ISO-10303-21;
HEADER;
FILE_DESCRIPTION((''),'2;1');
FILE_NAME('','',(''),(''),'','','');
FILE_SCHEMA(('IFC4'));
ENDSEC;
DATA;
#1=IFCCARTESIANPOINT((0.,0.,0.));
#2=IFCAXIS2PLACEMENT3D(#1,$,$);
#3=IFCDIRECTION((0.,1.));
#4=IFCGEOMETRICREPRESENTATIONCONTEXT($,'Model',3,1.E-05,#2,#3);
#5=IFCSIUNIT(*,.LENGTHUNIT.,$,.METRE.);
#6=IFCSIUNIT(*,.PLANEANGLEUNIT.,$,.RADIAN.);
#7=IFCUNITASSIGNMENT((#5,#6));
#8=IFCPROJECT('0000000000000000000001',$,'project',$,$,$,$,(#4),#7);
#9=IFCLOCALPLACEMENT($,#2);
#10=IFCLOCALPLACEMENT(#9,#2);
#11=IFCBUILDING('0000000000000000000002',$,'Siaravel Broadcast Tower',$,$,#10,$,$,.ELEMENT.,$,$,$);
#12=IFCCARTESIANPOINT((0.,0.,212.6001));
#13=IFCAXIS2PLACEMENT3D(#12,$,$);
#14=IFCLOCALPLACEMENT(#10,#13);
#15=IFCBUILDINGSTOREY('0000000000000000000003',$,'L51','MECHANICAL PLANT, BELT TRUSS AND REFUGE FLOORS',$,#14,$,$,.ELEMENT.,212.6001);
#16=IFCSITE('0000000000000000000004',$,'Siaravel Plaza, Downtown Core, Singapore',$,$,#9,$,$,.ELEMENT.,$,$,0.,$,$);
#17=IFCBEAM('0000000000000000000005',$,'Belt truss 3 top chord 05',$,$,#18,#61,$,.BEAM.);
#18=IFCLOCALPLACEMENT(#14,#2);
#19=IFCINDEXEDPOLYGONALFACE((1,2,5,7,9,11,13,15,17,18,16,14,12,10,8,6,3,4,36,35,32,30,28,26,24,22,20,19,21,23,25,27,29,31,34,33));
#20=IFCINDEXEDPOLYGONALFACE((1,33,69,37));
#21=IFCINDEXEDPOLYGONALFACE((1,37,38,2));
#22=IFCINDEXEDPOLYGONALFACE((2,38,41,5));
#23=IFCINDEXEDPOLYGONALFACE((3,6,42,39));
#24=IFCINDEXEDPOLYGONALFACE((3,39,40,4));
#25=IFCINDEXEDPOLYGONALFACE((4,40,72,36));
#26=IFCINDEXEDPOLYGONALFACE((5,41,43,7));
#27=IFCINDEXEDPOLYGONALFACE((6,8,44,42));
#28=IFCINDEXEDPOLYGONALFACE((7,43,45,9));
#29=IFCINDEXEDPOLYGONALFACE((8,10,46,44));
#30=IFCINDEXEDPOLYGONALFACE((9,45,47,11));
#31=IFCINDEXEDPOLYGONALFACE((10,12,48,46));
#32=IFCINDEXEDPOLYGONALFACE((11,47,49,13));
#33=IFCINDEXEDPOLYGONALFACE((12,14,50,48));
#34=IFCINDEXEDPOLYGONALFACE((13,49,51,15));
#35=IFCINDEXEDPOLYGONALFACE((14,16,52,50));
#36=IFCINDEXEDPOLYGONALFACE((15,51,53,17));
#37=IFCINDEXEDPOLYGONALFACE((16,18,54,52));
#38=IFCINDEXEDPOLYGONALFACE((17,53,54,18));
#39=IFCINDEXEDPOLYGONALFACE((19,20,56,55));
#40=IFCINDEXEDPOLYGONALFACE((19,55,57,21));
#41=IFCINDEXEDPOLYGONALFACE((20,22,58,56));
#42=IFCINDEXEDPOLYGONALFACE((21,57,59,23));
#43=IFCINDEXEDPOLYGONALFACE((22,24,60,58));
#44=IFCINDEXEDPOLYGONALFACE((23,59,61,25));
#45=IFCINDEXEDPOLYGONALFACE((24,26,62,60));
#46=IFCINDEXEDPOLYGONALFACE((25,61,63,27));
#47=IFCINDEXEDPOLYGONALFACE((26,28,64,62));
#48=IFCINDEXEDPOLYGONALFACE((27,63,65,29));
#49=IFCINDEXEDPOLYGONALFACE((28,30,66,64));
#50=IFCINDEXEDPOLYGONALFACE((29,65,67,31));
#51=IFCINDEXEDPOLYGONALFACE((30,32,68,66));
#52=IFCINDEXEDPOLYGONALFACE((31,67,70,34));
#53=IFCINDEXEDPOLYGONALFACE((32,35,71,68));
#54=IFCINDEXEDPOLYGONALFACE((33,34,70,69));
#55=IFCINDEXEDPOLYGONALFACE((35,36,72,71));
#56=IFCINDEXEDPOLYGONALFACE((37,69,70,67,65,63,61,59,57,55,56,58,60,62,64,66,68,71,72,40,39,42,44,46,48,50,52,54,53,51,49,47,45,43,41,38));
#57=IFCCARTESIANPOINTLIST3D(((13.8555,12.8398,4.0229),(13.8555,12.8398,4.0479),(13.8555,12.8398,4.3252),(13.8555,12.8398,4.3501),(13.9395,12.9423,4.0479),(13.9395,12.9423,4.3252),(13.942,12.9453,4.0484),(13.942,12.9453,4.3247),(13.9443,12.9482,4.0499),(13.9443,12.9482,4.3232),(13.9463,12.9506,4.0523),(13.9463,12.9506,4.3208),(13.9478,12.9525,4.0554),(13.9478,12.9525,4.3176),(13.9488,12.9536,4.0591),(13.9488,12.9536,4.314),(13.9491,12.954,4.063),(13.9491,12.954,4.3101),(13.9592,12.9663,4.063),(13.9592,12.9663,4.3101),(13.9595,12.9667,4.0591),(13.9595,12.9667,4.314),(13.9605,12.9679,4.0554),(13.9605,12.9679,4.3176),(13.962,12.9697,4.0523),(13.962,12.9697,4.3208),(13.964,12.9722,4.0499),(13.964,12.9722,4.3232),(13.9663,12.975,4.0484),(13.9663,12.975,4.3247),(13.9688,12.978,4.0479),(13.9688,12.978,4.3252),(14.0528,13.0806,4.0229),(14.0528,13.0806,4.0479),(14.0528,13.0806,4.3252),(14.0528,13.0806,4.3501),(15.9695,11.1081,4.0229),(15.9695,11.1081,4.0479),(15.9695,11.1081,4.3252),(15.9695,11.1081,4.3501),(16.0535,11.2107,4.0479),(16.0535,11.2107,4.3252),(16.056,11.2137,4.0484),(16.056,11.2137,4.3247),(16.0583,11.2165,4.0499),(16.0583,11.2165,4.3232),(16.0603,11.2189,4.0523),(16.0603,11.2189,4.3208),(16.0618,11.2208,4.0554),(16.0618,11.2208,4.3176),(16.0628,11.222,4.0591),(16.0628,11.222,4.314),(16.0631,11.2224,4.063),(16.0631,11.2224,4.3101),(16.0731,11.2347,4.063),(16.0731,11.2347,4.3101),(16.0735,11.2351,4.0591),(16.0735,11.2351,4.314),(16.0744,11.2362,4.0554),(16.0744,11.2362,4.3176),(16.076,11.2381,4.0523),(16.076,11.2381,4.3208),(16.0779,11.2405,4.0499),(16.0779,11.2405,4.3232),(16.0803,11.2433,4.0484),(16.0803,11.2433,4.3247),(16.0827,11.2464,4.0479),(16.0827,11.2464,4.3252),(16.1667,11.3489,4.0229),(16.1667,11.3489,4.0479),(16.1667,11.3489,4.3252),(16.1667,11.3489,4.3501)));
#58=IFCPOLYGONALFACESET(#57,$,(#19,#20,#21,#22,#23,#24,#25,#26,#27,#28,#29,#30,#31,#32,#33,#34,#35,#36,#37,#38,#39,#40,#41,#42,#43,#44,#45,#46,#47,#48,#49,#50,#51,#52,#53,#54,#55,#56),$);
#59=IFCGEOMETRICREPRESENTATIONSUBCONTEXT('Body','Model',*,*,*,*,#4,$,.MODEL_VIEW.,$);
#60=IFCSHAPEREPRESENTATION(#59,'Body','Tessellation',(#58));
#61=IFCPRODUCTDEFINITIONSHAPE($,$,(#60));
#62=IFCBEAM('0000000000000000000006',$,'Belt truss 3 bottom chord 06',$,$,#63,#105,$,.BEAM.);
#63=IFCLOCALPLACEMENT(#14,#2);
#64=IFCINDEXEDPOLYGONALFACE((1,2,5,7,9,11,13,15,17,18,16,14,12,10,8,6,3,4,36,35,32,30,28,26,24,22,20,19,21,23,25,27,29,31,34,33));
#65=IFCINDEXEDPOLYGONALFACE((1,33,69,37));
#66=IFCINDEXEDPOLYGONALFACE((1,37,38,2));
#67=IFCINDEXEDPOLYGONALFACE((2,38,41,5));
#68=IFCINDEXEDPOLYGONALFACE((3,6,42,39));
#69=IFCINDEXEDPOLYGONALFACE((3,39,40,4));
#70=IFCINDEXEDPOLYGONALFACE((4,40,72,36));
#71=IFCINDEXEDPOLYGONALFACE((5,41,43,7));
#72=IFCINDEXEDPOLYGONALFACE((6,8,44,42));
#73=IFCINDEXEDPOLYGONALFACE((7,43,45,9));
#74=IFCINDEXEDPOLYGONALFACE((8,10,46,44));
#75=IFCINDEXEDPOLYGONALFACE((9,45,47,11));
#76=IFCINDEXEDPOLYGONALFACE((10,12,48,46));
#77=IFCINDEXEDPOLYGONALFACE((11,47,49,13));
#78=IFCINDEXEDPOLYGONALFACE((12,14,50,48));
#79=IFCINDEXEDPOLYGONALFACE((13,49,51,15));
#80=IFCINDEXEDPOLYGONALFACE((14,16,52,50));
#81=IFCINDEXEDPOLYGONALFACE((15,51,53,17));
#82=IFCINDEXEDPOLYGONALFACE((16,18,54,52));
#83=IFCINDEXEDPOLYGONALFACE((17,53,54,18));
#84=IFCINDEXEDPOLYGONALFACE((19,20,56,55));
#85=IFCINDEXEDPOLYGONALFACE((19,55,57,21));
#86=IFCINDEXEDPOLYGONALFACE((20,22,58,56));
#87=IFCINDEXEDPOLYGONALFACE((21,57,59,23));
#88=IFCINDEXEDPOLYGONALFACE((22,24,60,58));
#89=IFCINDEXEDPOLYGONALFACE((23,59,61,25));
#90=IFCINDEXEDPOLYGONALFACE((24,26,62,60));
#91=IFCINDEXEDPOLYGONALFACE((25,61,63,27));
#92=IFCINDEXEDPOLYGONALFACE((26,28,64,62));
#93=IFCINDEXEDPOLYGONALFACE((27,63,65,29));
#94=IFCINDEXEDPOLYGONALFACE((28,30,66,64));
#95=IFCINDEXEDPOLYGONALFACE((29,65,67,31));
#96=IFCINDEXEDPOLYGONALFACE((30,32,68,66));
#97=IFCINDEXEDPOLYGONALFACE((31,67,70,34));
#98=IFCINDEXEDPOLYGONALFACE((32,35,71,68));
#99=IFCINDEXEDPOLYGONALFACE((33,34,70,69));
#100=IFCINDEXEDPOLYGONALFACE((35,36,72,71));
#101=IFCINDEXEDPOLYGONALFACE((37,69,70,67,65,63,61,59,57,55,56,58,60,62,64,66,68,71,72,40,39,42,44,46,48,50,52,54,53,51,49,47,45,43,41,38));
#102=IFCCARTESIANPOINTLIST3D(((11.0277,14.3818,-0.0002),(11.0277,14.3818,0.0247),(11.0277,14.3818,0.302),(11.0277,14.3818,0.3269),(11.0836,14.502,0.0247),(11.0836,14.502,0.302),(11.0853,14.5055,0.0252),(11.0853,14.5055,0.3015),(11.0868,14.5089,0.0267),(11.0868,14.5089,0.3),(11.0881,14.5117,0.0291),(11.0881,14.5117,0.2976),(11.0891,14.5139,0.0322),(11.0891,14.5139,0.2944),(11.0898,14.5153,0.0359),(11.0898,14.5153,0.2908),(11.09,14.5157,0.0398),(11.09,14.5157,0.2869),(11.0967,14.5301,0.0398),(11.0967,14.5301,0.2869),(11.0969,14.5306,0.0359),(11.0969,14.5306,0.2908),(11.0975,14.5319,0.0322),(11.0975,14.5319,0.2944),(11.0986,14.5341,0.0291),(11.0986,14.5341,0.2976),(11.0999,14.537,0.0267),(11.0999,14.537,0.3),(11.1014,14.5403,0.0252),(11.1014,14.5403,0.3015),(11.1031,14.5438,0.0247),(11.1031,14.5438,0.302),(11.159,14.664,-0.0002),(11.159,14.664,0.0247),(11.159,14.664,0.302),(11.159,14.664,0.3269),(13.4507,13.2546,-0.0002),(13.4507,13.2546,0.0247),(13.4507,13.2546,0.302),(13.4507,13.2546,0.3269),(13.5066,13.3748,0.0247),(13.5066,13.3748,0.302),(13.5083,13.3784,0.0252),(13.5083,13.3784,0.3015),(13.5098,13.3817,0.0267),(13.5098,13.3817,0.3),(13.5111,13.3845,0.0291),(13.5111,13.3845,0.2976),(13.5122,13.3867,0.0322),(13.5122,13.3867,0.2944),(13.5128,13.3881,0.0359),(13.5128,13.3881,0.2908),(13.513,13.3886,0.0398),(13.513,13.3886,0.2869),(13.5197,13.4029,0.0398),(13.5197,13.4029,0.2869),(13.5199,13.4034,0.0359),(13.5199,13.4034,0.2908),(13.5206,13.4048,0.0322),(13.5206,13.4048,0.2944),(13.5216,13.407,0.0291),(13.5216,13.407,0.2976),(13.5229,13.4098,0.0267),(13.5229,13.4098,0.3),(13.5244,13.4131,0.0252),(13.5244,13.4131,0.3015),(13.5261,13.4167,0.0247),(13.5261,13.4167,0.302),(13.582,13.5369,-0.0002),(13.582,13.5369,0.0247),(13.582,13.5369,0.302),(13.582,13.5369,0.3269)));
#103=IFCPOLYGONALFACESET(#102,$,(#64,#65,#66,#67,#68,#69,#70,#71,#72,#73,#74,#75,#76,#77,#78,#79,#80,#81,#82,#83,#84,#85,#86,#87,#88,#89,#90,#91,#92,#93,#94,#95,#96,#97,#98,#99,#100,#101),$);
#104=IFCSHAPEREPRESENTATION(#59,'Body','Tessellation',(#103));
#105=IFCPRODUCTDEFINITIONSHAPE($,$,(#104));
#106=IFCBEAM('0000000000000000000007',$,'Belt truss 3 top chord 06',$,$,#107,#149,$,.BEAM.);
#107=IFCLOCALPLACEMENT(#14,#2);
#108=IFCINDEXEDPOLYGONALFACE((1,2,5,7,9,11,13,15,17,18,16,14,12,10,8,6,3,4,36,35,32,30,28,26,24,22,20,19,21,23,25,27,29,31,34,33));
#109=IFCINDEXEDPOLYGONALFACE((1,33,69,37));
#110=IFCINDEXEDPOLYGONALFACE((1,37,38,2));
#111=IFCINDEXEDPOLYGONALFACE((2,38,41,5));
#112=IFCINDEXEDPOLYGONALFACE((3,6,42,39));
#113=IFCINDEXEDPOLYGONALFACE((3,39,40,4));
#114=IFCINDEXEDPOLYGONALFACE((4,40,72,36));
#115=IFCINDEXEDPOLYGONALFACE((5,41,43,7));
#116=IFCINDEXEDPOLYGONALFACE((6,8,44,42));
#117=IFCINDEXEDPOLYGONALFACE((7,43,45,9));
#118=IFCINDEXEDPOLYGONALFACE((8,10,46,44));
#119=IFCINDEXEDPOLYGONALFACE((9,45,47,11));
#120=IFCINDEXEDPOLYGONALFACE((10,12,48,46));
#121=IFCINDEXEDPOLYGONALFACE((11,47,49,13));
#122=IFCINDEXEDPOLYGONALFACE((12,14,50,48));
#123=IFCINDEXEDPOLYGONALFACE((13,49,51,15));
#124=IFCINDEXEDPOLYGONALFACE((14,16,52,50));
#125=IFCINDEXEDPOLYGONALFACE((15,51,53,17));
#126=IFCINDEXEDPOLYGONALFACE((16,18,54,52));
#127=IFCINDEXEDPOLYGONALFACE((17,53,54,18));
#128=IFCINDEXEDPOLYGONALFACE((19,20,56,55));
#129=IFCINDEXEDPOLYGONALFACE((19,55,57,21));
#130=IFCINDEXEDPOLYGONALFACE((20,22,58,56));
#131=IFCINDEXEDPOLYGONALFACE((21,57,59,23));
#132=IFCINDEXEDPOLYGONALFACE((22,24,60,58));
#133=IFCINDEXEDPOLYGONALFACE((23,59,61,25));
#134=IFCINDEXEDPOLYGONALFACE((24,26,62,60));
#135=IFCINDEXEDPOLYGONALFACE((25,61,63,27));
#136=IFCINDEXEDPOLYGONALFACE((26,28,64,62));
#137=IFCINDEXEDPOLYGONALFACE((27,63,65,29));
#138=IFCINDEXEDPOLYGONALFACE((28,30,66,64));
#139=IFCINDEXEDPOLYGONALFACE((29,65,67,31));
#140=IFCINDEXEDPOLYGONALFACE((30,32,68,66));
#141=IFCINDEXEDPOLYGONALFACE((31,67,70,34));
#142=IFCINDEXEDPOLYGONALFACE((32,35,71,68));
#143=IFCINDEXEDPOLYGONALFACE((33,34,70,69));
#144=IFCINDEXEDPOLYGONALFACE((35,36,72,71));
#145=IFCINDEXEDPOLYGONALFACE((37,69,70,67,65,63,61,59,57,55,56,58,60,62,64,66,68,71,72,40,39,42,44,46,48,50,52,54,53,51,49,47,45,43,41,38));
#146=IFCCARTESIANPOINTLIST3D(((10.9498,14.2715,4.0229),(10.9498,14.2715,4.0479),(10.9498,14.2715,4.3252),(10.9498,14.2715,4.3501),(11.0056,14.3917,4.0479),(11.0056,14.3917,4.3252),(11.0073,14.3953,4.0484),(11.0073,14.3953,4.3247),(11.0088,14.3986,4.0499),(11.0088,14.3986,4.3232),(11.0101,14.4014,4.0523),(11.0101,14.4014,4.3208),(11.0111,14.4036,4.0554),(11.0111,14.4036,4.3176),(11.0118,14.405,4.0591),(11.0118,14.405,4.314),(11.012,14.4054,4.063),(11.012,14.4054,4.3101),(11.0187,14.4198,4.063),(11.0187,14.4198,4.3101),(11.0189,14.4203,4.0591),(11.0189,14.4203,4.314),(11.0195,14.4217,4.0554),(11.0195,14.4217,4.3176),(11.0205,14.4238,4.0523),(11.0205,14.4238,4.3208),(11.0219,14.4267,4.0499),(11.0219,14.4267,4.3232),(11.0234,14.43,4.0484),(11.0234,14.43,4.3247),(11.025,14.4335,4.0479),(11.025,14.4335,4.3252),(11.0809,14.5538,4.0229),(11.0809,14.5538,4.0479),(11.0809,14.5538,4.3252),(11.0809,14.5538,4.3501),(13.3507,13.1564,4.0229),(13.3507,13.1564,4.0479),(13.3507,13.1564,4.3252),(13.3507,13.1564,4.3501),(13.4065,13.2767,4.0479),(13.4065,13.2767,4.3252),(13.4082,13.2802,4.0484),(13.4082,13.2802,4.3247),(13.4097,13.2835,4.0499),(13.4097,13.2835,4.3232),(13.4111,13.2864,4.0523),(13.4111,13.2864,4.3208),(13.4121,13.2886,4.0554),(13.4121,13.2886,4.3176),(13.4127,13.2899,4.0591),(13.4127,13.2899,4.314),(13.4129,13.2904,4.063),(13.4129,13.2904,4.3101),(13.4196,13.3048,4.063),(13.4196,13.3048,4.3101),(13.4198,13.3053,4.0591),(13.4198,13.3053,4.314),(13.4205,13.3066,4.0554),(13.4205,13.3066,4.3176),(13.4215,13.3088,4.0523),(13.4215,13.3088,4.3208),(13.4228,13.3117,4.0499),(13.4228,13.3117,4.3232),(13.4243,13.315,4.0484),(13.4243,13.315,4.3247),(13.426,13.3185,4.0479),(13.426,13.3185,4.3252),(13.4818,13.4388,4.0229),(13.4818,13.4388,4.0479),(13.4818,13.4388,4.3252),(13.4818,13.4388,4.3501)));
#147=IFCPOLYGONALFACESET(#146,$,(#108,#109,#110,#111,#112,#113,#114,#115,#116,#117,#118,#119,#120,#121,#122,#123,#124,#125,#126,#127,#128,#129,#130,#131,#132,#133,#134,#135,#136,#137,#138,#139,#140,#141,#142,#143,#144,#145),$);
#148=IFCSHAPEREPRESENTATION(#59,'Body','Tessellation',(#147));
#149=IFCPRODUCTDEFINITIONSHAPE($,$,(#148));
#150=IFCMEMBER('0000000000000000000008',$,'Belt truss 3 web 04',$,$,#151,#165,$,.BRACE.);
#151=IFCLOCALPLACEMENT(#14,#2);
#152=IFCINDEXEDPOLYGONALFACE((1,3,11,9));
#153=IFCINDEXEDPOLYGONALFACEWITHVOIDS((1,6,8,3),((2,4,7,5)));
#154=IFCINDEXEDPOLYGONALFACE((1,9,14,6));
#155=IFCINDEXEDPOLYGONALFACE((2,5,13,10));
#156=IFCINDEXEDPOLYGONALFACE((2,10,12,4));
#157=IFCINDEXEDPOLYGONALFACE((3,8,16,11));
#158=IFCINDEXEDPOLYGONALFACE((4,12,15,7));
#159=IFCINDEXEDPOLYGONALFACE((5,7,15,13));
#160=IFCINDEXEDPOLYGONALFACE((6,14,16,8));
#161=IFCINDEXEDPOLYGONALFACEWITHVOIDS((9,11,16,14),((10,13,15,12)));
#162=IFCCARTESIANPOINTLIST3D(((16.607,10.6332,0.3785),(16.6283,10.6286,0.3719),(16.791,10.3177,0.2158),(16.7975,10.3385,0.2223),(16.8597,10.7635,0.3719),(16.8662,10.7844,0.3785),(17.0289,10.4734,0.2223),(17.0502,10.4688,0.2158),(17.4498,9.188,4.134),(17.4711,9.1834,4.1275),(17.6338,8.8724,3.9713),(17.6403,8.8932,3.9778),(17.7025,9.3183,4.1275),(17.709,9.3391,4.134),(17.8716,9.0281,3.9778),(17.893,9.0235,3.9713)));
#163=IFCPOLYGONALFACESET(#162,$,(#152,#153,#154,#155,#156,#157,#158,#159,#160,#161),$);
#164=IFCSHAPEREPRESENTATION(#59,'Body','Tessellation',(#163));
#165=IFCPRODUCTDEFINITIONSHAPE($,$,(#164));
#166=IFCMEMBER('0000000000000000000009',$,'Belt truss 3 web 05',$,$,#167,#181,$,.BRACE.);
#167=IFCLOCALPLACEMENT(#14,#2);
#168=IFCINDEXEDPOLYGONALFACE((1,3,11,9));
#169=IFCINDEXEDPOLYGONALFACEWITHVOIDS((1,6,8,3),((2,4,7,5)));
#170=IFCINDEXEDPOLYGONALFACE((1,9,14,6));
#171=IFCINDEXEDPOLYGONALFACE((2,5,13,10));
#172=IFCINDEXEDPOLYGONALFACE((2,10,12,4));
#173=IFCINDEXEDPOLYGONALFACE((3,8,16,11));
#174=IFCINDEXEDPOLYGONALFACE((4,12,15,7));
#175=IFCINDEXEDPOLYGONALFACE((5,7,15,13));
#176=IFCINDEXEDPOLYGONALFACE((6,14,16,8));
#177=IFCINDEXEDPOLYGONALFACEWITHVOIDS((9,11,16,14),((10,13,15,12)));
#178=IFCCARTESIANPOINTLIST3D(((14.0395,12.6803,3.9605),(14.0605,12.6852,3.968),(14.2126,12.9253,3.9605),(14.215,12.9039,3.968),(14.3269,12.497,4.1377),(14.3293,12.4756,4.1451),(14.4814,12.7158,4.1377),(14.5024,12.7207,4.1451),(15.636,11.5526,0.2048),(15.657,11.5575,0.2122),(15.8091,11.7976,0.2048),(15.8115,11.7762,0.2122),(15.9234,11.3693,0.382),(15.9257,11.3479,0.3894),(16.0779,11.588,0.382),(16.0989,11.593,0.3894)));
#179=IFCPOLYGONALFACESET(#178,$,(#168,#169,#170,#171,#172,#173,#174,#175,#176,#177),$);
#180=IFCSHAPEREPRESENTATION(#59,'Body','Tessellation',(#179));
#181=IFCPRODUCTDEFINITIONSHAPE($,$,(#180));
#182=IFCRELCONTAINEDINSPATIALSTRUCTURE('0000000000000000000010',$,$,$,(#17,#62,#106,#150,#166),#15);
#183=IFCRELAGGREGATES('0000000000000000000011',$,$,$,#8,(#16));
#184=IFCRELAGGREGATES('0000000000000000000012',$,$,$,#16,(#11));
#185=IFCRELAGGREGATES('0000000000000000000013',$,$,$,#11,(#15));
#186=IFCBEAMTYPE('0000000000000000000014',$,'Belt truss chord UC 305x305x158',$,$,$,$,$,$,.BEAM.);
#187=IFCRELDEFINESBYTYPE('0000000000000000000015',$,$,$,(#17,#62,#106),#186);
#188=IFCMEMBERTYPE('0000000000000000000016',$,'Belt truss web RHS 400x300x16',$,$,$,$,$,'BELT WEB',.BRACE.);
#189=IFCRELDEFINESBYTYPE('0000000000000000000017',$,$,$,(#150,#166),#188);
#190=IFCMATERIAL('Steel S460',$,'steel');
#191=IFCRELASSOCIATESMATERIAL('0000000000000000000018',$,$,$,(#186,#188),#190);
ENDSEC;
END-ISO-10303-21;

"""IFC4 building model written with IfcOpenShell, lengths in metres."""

from ifc_helpers import new_model, si_unit, direction, frame, origin, origin_2d, place, context, subcontext, project, spatial, hollow_rectangle, i_section, extrude, material, material_profile, profile_set, type_object, element, save


model = new_model("IFC4")

# Units and contexts
model_context = context("Model", 3, precision=1e-05, world=origin(), true_north=direction((0.0, 1.0)))
body_context = subcontext(model_context, "Body", "Model", "MODEL_VIEW")
ifc_project = project(units=[si_unit("LENGTHUNIT", "METRE"), si_unit("PLANEANGLEUNIT", "RADIAN")], contexts=[model_context])

# Site, building, storey
site_placement = place(None, origin())
site = spatial("IfcSite", under=ifc_project, at=site_placement, Name="Siaravel Plaza, Downtown Core, Singapore", CompositionType="ELEMENT", RefElevation=0.0)
building_placement = place(site_placement, origin())
building = spatial("IfcBuilding", under=site, at=building_placement, Name="Siaravel Broadcast Tower", CompositionType="ELEMENT")
storey_placement = place(building_placement, frame((0.0, 0.0, 212.6001)))
storey = spatial("IfcBuildingStorey", under=building, at=storey_placement, Name="L51", Description="MECHANICAL PLANT, BELT TRUSS AND REFUGE FLOORS", CompositionType="ELEMENT", Elevation=212.6001)

# Beams
ifc_material_1 = material(Name="Steel S460", Category="steel")
ifc_material_profile_1 = material_profile(ifc_material_1, i_section(OverallWidth=0.3113, OverallDepth=0.3271, WebThickness=0.0159, FlangeThickness=0.0249, FilletRadius=0.0151, at=origin_2d()))
ifc_profile_set_1 = profile_set([ifc_material_profile_1], Name="Steel S460")
beam_type_1 = type_object("IfcBeamType", Name="Belt truss chord UC 305x305x158", PredefinedType="BEAM", material=ifc_profile_set_1)
beam_1_placement = place(storey_placement, frame((16.0681, 11.2285, 4.1865), z_axis=(-0.773591, 0.633685, 0.0), x_axis=(-0.633685, -0.773591, 0.0)))
element("IfcBeam", 1, at=beam_1_placement, inside=storey, type_object=beam_type_1, Name="Belt truss 3 top chord 05", PredefinedType="BEAM", context=body_context, shape_type="SweptSolid", body=[
    extrude(i_section(OverallWidth=0.3113, OverallDepth=0.3271, WebThickness=0.0159, FlangeThickness=0.0249, FilletRadius=0.0151, at=origin_2d()), origin(), (0.0, 0.0, 1.0), 2.7327),
])
beam_2_placement = place(storey_placement, frame((13.5164, 13.3958, 0.1633), z_axis=(-0.906696, 0.421785, 0.0), x_axis=(-0.421785, -0.906696, 0.0)))
element("IfcBeam", 2, at=beam_2_placement, inside=storey, type_object=beam_type_1, Name="Belt truss 3 bottom chord 06", PredefinedType="BEAM", context=body_context, shape_type="SweptSolid", body=[
    extrude(i_section(OverallWidth=0.3113, OverallDepth=0.3271, WebThickness=0.0159, FlangeThickness=0.0249, FilletRadius=0.0151, at=origin_2d()), origin(), (0.0, 0.0, 1.0), 2.6724),
])
beam_3_placement = place(storey_placement, frame((13.4163, 13.2976, 4.1865), z_axis=(-0.906966, 0.421203, 0.0), x_axis=(-0.421203, -0.906966, 0.0)))
element("IfcBeam", 3, at=beam_3_placement, inside=storey, type_object=beam_type_1, Name="Belt truss 3 top chord 06", PredefinedType="BEAM", context=body_context, shape_type="SweptSolid", body=[
    extrude(i_section(OverallWidth=0.3113, OverallDepth=0.3271, WebThickness=0.0159, FlangeThickness=0.0249, FilletRadius=0.0151, at=origin_2d()), origin(), (0.0, 0.0, 1.0), 2.6472),
])

# Members
ifc_material_profile_2 = material_profile(ifc_material_1, hollow_rectangle(XDim=0.3, YDim=0.3999, WallThickness=0.0161, at=origin_2d()))
ifc_profile_set_2 = profile_set([ifc_material_profile_2], Name="Steel S460")
member_type_1 = type_object("IfcMemberType", Name="Belt truss web RHS 400x300x16", ElementType="BELT WEB", PredefinedType="BRACE", material=ifc_profile_set_2)
member_1_placement = place(storey_placement, frame((16.8286, 10.551, 0.2971), z_axis=(0.204983, -0.351535, 0.913458), x_axis=(0.863864, 0.503726, 0.0)))
element("IfcMember", 4, at=member_1_placement, inside=storey, type_object=member_type_1, Name="Belt truss 3 web 04", PredefinedType="BRACE", context=body_context, shape_type="SweptSolid", body=[
    extrude(hollow_rectangle(XDim=0.3, YDim=0.3999, WallThickness=0.0161, at=origin_2d()), origin(), (0.0, 0.0, 1.0), 4.1113),
])
member_2_placement = place(storey_placement, frame((15.8674, 11.5728, 0.2971), z_axis=(-0.377071, 0.266354, 0.887059), x_axis=(-0.576953, -0.816777, 0.0)))
element("IfcMember", 5, at=member_2_placement, inside=storey, type_object=member_type_1, Name="Belt truss 3 web 05", PredefinedType="BRACE", context=body_context, shape_type="SweptSolid", body=[
    extrude(hollow_rectangle(XDim=0.3, YDim=0.3999, WallThickness=0.0161, at=origin_2d()), origin(), (0.0, 0.0, 1.0), 4.2339),
])

save(model, "model.ifc")
